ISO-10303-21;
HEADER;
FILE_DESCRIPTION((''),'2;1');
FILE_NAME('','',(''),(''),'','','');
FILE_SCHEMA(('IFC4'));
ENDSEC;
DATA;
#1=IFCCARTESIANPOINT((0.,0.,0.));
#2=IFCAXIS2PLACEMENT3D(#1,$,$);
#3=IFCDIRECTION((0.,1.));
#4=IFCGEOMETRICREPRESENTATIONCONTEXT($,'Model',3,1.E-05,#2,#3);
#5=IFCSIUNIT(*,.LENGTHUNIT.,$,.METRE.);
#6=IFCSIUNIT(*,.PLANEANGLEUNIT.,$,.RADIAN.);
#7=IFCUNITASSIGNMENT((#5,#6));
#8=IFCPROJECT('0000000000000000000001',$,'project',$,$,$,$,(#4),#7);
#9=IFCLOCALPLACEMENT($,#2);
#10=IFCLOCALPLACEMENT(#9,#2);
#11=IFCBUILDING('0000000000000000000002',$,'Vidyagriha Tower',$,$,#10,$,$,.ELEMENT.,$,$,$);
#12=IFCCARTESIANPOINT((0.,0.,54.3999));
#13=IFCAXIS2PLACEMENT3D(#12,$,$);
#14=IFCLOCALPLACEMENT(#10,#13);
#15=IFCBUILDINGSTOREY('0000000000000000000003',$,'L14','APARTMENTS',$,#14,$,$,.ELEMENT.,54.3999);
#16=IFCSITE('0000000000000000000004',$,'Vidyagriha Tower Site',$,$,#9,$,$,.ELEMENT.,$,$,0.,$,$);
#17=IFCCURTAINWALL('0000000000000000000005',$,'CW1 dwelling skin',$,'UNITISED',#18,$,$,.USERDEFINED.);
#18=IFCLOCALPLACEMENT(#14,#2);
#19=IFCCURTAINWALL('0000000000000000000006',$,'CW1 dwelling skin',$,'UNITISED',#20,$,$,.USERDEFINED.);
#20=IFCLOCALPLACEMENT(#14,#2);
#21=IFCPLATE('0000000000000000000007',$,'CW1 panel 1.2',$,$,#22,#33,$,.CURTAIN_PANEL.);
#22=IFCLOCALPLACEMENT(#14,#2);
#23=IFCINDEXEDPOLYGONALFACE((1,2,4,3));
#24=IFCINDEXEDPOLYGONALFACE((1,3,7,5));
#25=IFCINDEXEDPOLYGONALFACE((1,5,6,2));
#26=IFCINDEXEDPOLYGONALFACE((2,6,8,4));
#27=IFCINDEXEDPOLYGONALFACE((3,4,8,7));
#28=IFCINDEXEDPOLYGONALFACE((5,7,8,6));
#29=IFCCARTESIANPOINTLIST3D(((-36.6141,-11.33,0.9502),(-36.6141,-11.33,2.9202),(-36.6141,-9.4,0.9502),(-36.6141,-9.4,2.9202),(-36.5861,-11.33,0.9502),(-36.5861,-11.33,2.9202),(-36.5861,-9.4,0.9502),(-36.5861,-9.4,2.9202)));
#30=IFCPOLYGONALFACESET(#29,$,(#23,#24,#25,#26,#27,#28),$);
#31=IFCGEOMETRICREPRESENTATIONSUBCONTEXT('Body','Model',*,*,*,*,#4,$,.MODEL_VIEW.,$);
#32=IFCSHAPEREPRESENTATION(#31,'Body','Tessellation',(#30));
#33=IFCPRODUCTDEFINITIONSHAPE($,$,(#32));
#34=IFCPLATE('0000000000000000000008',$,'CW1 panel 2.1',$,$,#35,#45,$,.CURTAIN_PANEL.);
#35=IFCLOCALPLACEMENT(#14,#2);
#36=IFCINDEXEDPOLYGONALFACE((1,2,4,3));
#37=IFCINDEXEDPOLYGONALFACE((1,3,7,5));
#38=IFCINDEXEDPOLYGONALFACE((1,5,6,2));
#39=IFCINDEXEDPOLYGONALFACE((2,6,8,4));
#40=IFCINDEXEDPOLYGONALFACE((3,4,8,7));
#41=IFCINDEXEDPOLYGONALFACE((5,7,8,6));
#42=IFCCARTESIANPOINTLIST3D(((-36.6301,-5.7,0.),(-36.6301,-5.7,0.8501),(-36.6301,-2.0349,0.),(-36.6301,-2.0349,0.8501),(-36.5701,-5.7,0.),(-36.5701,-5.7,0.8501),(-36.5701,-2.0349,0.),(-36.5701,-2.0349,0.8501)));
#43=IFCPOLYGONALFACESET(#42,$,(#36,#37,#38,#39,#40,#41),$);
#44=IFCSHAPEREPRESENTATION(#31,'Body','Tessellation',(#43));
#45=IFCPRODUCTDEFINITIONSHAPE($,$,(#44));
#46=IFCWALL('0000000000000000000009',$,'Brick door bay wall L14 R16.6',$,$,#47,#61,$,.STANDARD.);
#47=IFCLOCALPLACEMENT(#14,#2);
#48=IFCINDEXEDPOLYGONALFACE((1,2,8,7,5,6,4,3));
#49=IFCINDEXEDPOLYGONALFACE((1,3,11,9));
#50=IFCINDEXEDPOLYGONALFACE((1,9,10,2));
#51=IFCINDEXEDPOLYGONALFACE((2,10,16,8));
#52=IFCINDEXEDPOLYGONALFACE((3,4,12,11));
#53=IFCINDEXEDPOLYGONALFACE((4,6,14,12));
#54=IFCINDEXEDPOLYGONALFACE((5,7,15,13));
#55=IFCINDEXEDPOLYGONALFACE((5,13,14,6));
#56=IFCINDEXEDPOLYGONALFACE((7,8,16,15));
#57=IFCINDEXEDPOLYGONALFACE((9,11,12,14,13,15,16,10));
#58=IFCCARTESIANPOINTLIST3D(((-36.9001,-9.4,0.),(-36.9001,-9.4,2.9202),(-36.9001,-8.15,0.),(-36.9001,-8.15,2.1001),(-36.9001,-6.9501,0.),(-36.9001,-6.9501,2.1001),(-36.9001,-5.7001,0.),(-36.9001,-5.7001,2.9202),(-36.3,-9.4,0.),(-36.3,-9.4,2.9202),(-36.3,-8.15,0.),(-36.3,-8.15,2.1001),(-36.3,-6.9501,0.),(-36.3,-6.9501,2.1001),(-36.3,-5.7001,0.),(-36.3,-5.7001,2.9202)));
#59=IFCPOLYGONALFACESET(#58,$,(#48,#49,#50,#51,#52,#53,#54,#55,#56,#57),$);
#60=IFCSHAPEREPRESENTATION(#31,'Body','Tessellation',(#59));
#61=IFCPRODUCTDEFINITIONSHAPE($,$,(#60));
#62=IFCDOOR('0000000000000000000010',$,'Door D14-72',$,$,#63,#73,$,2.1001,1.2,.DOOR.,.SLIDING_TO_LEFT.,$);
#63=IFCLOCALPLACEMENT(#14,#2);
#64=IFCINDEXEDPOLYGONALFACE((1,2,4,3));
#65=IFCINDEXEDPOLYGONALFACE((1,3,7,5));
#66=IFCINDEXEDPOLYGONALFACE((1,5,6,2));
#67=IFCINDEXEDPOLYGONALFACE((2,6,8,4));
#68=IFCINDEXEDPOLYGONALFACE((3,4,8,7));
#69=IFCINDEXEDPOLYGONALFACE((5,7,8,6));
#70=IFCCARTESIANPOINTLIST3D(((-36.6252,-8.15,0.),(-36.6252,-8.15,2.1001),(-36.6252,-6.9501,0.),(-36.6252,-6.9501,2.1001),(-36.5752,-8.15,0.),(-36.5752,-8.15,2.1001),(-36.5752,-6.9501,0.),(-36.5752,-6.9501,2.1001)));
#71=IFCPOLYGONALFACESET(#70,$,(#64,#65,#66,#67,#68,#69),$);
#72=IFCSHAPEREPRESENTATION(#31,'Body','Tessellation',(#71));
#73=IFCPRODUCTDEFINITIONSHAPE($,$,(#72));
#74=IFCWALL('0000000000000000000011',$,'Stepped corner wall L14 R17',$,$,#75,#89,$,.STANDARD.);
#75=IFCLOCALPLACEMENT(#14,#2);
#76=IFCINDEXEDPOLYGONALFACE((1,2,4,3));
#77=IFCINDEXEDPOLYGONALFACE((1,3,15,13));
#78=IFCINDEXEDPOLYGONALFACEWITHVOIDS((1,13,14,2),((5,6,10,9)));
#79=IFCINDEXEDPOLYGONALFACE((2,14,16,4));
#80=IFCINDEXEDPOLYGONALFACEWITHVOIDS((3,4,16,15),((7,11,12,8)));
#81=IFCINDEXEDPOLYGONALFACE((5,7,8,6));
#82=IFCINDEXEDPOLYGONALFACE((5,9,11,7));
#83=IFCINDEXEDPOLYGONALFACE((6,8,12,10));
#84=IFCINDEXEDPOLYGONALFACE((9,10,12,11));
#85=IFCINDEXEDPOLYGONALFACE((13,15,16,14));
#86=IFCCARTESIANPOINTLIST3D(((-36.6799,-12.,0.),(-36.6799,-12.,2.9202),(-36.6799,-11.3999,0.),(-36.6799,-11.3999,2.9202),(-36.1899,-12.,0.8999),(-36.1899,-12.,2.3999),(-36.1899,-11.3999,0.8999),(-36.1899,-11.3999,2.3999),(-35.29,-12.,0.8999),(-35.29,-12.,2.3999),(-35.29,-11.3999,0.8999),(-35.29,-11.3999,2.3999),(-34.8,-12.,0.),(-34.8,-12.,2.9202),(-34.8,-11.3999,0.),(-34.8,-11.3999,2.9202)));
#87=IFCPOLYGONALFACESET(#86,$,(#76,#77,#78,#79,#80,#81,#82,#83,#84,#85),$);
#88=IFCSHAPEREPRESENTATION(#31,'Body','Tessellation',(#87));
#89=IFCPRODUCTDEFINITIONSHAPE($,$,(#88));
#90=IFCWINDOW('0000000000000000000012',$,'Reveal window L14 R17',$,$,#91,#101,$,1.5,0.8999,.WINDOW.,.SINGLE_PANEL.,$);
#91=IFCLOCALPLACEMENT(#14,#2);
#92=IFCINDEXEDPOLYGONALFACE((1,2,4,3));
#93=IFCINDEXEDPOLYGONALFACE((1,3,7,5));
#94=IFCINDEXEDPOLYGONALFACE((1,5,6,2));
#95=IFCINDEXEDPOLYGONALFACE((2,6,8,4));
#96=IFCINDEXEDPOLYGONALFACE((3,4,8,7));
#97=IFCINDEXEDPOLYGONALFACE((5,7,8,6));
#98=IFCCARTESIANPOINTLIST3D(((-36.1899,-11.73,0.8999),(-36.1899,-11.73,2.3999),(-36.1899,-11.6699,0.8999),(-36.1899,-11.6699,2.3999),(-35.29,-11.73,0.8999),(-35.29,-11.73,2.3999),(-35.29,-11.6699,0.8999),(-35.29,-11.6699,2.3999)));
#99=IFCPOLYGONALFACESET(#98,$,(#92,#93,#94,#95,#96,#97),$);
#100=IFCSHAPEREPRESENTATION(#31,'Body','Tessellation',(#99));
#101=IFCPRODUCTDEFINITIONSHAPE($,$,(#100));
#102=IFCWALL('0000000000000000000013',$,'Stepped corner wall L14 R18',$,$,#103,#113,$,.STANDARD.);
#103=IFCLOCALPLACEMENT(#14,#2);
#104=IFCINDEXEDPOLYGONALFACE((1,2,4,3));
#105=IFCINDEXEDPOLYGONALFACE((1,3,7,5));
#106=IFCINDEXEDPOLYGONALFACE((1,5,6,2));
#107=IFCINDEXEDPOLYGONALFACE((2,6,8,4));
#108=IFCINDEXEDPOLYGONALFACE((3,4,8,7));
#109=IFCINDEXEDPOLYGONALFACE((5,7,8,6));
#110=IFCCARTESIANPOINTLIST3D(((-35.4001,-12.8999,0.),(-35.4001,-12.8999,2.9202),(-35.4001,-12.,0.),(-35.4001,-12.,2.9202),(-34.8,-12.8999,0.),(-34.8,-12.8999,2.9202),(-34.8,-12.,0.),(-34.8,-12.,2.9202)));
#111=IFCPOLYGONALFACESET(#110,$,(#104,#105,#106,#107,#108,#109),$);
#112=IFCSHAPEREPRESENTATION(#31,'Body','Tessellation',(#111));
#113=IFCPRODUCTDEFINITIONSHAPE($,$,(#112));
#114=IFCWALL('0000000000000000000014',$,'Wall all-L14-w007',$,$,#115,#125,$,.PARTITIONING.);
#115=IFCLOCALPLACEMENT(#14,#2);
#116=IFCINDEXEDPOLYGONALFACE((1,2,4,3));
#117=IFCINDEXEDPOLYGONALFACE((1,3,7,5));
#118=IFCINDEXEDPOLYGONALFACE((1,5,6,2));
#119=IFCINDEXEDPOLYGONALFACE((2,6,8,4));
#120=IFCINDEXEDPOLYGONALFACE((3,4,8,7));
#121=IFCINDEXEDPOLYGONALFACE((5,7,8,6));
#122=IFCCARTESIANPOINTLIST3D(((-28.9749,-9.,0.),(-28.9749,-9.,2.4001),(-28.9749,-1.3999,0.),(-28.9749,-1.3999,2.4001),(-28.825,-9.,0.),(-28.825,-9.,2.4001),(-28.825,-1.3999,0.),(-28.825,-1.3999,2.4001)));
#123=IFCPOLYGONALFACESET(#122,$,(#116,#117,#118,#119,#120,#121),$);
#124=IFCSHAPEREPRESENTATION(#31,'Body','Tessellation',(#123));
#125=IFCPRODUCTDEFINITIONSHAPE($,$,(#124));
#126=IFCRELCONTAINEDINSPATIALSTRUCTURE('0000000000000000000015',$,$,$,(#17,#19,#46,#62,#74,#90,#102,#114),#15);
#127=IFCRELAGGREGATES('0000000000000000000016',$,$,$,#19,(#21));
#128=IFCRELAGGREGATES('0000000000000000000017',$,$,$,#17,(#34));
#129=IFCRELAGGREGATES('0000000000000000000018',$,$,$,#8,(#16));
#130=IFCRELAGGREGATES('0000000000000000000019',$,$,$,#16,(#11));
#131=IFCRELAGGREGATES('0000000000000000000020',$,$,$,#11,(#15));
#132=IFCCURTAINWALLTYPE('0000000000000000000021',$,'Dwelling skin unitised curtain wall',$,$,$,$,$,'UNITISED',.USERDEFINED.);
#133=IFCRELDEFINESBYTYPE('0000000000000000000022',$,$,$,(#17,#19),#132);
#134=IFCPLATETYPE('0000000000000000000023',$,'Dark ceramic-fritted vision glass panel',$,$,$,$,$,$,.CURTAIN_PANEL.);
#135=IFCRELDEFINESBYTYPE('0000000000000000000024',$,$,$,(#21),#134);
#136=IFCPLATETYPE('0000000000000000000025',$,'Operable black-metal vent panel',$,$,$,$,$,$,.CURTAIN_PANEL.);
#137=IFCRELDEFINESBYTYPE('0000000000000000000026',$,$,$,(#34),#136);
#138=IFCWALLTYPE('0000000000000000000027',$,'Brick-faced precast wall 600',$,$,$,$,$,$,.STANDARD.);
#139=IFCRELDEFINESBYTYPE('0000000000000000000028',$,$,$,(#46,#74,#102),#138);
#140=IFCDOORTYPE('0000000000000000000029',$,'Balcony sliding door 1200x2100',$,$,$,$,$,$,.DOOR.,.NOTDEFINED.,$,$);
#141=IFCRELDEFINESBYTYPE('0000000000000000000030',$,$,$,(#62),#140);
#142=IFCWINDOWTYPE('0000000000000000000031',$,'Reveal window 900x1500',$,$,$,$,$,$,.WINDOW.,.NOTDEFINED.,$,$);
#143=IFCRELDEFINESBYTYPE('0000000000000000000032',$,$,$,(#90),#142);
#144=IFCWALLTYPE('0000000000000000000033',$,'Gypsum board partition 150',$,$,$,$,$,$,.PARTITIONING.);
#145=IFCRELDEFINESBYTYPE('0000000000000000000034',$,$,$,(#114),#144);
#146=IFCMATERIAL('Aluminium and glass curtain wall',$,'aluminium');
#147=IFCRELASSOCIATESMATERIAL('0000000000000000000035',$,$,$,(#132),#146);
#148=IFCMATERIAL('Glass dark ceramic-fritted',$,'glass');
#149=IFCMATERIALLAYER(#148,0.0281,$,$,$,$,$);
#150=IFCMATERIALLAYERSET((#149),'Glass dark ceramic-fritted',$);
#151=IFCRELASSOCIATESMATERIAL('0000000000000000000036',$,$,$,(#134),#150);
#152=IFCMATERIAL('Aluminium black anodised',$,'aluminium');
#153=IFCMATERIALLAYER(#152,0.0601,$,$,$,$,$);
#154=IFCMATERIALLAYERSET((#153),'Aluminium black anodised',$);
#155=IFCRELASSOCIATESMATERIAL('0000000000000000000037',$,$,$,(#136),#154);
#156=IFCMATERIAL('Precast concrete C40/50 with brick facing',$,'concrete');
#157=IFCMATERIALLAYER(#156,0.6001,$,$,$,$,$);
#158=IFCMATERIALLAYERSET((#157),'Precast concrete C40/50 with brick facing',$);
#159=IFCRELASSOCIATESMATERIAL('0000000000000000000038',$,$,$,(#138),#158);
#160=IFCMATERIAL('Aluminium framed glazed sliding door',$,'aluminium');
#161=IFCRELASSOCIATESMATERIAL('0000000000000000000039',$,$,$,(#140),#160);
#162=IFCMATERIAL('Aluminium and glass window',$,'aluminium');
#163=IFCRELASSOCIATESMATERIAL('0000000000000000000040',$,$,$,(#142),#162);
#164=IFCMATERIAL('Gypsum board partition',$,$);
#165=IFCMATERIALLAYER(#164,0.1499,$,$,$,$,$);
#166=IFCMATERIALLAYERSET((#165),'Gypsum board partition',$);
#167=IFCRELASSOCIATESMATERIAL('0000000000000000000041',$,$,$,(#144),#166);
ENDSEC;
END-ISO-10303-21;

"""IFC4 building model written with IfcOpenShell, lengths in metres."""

from ifc_helpers import new_model, si_unit, direction, frame, frame_2d, origin, origin_2d, place, context, subcontext, project, spatial, rectangle, extrude, material, layer, layer_set, type_object, element, fill, aggregate, save


model = new_model("IFC4")

# Units and contexts
model_context = context("Model", 3, precision=1e-05, world=origin(), true_north=direction((0.0, 1.0)))
body_context = subcontext(model_context, "Body", "Model", "MODEL_VIEW")
ifc_project = project(units=[si_unit("LENGTHUNIT", "METRE"), si_unit("PLANEANGLEUNIT", "RADIAN")], contexts=[model_context])

# Site, building, storey
site_placement = place(None, origin())
site = spatial("IfcSite", under=ifc_project, at=site_placement, Name="Vidyagriha Tower Site", CompositionType="ELEMENT", RefElevation=0.0)
building_placement = place(site_placement, origin())
building = spatial("IfcBuilding", under=site, at=building_placement, Name="Vidyagriha Tower", CompositionType="ELEMENT")
storey_placement = place(building_placement, frame((0.0, 0.0, 54.3999)))
storey = spatial("IfcBuildingStorey", under=building, at=storey_placement, Name="L14", Description="APARTMENTS", CompositionType="ELEMENT", Elevation=54.3999)

# Curtain walls
ifc_material_1 = material(Name="Aluminium and glass curtain wall", Category="aluminium")
curtain_wall_type = type_object("IfcCurtainWallType", Name="Dwelling skin unitised curtain wall", ElementType="UNITISED", PredefinedType="USERDEFINED", material=ifc_material_1)
curtain_wall_1_placement = place(storey_placement, origin())
curtain_wall_1 = element("IfcCurtainWall", 1, at=curtain_wall_1_placement, inside=storey, type_object=curtain_wall_type, Name="CW1 dwelling skin", ObjectType="UNITISED", PredefinedType="USERDEFINED")
curtain_wall_2_placement = place(storey_placement, origin())
curtain_wall_2 = element("IfcCurtainWall", 2, at=curtain_wall_2_placement, inside=storey, type_object=curtain_wall_type, Name="CW1 dwelling skin", ObjectType="UNITISED", PredefinedType="USERDEFINED")

# Plates
ifc_material_2 = material(Name="Glass dark ceramic-fritted", Category="glass")
ifc_layer_1 = layer(ifc_material_2, 0.0281)
ifc_layer_set_1 = layer_set([ifc_layer_1], Name="Glass dark ceramic-fritted")
plate_type_1 = type_object("IfcPlateType", Name="Dark ceramic-fritted vision glass panel", PredefinedType="CURTAIN_PANEL", material=ifc_layer_set_1)
plate_1_placement = place(storey_placement, frame((-36.6001, -10.365, 0.9502), z_axis=(0.0, 0.0, 1.0), x_axis=(0.0, -1.0, 0.0)))
plate_1 = element("IfcPlate", 3, at=plate_1_placement, type_object=plate_type_1, Name="CW1 panel 1.2", PredefinedType="CURTAIN_PANEL", context=body_context, shape_type="SweptSolid", body=[
    extrude(rectangle(XDim=1.9299, YDim=0.0281, at=origin_2d()), origin(), (0.0, 0.0, 1.0), 1.97),
])
aggregate(curtain_wall_2, [plate_1])
ifc_material_3 = material(Name="Aluminium black anodised", Category="aluminium")
ifc_layer_2 = layer(ifc_material_3, 0.0601)
ifc_layer_set_2 = layer_set([ifc_layer_2], Name="Aluminium black anodised")
plate_type_2 = type_object("IfcPlateType", Name="Operable black-metal vent panel", PredefinedType="CURTAIN_PANEL", material=ifc_layer_set_2)
plate_2_placement = place(storey_placement, frame((-36.6001, -3.8674, 0.0), z_axis=(0.0, 0.0, 1.0), x_axis=(0.0, -1.0, 0.0)))
plate_2 = element("IfcPlate", 4, at=plate_2_placement, type_object=plate_type_2, Name="CW1 panel 2.1", PredefinedType="CURTAIN_PANEL", context=body_context, shape_type="SweptSolid", body=[
    extrude(rectangle(XDim=3.665, YDim=0.0601, at=origin_2d()), origin(), (0.0, 0.0, 1.0), 0.8501),
])
aggregate(curtain_wall_1, [plate_2])

# Wall, opening, door
ifc_material_4 = material(Name="Precast concrete C40/50 with brick facing", Category="concrete")
ifc_layer_3 = layer(ifc_material_4, 0.6001)
ifc_layer_set_3 = layer_set([ifc_layer_3], Name="Precast concrete C40/50 with brick facing")
wall_type_1 = type_object("IfcWallType", Name="Brick-faced precast wall 600", PredefinedType="STANDARD", material=ifc_layer_set_3)
wall_1_placement = place(storey_placement, frame((-36.6001, -5.7, 0.0), z_axis=(0.0, 0.0, 1.0), x_axis=(0.0, -1.0, 0.0)))
wall_1 = element("IfcWall", 5, at=wall_1_placement, inside=storey, type_object=wall_type_1, Name="Brick door bay wall L14 R16.6", PredefinedType="STANDARD", context=body_context, shape_type="SweptSolid", body=[
    extrude(rectangle(XDim=3.7, YDim=0.6001, at=frame_2d((1.8501, 0.0))), origin(), (0.0, 0.0, 1.0), 2.9202),
])
opening_1_placement = place(wall_1_placement, frame((1.25, 0.0, 0.0)))
opening_1 = element("IfcOpeningElement", 6, at=opening_1_placement, cuts=wall_1, PredefinedType="OPENING", context=body_context, shape_type="SweptSolid", body=[
    extrude(rectangle(XDim=1.2, YDim=2.1001, at=frame_2d((0.6001, 1.05))), frame((0.0, 0.3101, 0.0), z_axis=(0.0, -1.0, 0.0), x_axis=(1.0, 0.0, 0.0)), (0.0, 0.0, 1.0), 0.6201),
])
ifc_material_5 = material(Name="Aluminium framed glazed sliding door", Category="aluminium")
door_type_1 = type_object("IfcDoorType", Name="Balcony sliding door 1200x2100", OperationType="NOTDEFINED", PredefinedType="DOOR", material=ifc_material_5)
door_1_placement = place(opening_1_placement, origin())
door_1 = element("IfcDoor", 7, at=door_1_placement, inside=storey, type_object=door_type_1, Name="Door D14-72", OperationType="SLIDING_TO_LEFT", OverallHeight=2.1001, OverallWidth=1.2, PredefinedType="DOOR", context=body_context, shape_type="SweptSolid", body=[
    extrude(rectangle(XDim=1.2, YDim=2.1001, at=frame_2d((0.6001, 1.05))), frame((0.0, 0.0249, 0.0), z_axis=(0.0, -1.0, 0.0), x_axis=(1.0, 0.0, 0.0)), (0.0, 0.0, 1.0), 0.05),
])
fill(opening_1, door_1)

# Wall, opening, window
wall_2_placement = place(storey_placement, frame((-36.6799, -11.7, 0.0)))
wall_2 = element("IfcWall", 8, at=wall_2_placement, inside=storey, type_object=wall_type_1, Name="Stepped corner wall L14 R17", PredefinedType="STANDARD", context=body_context, shape_type="SweptSolid", body=[
    extrude(rectangle(XDim=1.8799, YDim=0.6001, at=frame_2d((0.9399, 0.0))), origin(), (0.0, 0.0, 1.0), 2.9202),
])
opening_2_placement = place(wall_2_placement, frame((0.49, 0.0, 0.8999)))
opening_2 = element("IfcOpeningElement", 9, at=opening_2_placement, cuts=wall_2, PredefinedType="OPENING", context=body_context, shape_type="SweptSolid", body=[
    extrude(rectangle(XDim=0.8999, YDim=1.5, at=frame_2d((0.45, 0.75))), frame((0.0, 0.3101, 0.0), z_axis=(0.0, -1.0, 0.0), x_axis=(1.0, 0.0, 0.0)), (0.0, 0.0, 1.0), 0.6201),
])
ifc_material_6 = material(Name="Aluminium and glass window", Category="aluminium")
window_type = type_object("IfcWindowType", Name="Reveal window 900x1500", PartitioningType="NOTDEFINED", PredefinedType="WINDOW", material=ifc_material_6)
window_placement = place(opening_2_placement, origin())
window = element("IfcWindow", 10, at=window_placement, inside=storey, type_object=window_type, Name="Reveal window L14 R17", OverallHeight=1.5, OverallWidth=0.8999, PartitioningType="SINGLE_PANEL", PredefinedType="WINDOW", context=body_context, shape_type="SweptSolid", body=[
    extrude(rectangle(XDim=0.8999, YDim=1.5, at=frame_2d((0.45, 0.75))), frame((0.0, 0.03, 0.0), z_axis=(0.0, -1.0, 0.0), x_axis=(1.0, 0.0, 0.0)), (0.0, 0.0, 1.0), 0.0601),
])
fill(opening_2, window)

# Walls
wall_3_placement = place(storey_placement, frame((-35.1001, -12.0, 0.0), z_axis=(0.0, 0.0, 1.0), x_axis=(0.0, -1.0, 0.0)))
element("IfcWall", 11, at=wall_3_placement, inside=storey, type_object=wall_type_1, Name="Stepped corner wall L14 R18", PredefinedType="STANDARD", context=body_context, shape_type="SweptSolid", body=[
    extrude(rectangle(XDim=0.8999, YDim=0.6001, at=frame_2d((0.45, 0.0))), origin(), (0.0, 0.0, 1.0), 2.9202),
])
ifc_material_7 = material(Name="Gypsum board partition")
ifc_layer_4 = layer(ifc_material_7, 0.1499)
ifc_layer_set_4 = layer_set([ifc_layer_4], Name="Gypsum board partition")
wall_type_2 = type_object("IfcWallType", Name="Gypsum board partition 150", PredefinedType="PARTITIONING", material=ifc_layer_set_4)
wall_4_placement = place(storey_placement, frame((-28.8999, -9.0, 0.0), z_axis=(0.0, 0.0, 1.0), x_axis=(0.0, 1.0, 0.0)))
element("IfcWall", 12, at=wall_4_placement, inside=storey, type_object=wall_type_2, Name="Wall all-L14-w007", PredefinedType="PARTITIONING", context=body_context, shape_type="SweptSolid", body=[
    extrude(rectangle(XDim=7.6001, YDim=0.1499, at=frame_2d((3.8, 0.0))), origin(), (0.0, 0.0, 1.0), 2.4001),
])

save(model, "model.ifc")
